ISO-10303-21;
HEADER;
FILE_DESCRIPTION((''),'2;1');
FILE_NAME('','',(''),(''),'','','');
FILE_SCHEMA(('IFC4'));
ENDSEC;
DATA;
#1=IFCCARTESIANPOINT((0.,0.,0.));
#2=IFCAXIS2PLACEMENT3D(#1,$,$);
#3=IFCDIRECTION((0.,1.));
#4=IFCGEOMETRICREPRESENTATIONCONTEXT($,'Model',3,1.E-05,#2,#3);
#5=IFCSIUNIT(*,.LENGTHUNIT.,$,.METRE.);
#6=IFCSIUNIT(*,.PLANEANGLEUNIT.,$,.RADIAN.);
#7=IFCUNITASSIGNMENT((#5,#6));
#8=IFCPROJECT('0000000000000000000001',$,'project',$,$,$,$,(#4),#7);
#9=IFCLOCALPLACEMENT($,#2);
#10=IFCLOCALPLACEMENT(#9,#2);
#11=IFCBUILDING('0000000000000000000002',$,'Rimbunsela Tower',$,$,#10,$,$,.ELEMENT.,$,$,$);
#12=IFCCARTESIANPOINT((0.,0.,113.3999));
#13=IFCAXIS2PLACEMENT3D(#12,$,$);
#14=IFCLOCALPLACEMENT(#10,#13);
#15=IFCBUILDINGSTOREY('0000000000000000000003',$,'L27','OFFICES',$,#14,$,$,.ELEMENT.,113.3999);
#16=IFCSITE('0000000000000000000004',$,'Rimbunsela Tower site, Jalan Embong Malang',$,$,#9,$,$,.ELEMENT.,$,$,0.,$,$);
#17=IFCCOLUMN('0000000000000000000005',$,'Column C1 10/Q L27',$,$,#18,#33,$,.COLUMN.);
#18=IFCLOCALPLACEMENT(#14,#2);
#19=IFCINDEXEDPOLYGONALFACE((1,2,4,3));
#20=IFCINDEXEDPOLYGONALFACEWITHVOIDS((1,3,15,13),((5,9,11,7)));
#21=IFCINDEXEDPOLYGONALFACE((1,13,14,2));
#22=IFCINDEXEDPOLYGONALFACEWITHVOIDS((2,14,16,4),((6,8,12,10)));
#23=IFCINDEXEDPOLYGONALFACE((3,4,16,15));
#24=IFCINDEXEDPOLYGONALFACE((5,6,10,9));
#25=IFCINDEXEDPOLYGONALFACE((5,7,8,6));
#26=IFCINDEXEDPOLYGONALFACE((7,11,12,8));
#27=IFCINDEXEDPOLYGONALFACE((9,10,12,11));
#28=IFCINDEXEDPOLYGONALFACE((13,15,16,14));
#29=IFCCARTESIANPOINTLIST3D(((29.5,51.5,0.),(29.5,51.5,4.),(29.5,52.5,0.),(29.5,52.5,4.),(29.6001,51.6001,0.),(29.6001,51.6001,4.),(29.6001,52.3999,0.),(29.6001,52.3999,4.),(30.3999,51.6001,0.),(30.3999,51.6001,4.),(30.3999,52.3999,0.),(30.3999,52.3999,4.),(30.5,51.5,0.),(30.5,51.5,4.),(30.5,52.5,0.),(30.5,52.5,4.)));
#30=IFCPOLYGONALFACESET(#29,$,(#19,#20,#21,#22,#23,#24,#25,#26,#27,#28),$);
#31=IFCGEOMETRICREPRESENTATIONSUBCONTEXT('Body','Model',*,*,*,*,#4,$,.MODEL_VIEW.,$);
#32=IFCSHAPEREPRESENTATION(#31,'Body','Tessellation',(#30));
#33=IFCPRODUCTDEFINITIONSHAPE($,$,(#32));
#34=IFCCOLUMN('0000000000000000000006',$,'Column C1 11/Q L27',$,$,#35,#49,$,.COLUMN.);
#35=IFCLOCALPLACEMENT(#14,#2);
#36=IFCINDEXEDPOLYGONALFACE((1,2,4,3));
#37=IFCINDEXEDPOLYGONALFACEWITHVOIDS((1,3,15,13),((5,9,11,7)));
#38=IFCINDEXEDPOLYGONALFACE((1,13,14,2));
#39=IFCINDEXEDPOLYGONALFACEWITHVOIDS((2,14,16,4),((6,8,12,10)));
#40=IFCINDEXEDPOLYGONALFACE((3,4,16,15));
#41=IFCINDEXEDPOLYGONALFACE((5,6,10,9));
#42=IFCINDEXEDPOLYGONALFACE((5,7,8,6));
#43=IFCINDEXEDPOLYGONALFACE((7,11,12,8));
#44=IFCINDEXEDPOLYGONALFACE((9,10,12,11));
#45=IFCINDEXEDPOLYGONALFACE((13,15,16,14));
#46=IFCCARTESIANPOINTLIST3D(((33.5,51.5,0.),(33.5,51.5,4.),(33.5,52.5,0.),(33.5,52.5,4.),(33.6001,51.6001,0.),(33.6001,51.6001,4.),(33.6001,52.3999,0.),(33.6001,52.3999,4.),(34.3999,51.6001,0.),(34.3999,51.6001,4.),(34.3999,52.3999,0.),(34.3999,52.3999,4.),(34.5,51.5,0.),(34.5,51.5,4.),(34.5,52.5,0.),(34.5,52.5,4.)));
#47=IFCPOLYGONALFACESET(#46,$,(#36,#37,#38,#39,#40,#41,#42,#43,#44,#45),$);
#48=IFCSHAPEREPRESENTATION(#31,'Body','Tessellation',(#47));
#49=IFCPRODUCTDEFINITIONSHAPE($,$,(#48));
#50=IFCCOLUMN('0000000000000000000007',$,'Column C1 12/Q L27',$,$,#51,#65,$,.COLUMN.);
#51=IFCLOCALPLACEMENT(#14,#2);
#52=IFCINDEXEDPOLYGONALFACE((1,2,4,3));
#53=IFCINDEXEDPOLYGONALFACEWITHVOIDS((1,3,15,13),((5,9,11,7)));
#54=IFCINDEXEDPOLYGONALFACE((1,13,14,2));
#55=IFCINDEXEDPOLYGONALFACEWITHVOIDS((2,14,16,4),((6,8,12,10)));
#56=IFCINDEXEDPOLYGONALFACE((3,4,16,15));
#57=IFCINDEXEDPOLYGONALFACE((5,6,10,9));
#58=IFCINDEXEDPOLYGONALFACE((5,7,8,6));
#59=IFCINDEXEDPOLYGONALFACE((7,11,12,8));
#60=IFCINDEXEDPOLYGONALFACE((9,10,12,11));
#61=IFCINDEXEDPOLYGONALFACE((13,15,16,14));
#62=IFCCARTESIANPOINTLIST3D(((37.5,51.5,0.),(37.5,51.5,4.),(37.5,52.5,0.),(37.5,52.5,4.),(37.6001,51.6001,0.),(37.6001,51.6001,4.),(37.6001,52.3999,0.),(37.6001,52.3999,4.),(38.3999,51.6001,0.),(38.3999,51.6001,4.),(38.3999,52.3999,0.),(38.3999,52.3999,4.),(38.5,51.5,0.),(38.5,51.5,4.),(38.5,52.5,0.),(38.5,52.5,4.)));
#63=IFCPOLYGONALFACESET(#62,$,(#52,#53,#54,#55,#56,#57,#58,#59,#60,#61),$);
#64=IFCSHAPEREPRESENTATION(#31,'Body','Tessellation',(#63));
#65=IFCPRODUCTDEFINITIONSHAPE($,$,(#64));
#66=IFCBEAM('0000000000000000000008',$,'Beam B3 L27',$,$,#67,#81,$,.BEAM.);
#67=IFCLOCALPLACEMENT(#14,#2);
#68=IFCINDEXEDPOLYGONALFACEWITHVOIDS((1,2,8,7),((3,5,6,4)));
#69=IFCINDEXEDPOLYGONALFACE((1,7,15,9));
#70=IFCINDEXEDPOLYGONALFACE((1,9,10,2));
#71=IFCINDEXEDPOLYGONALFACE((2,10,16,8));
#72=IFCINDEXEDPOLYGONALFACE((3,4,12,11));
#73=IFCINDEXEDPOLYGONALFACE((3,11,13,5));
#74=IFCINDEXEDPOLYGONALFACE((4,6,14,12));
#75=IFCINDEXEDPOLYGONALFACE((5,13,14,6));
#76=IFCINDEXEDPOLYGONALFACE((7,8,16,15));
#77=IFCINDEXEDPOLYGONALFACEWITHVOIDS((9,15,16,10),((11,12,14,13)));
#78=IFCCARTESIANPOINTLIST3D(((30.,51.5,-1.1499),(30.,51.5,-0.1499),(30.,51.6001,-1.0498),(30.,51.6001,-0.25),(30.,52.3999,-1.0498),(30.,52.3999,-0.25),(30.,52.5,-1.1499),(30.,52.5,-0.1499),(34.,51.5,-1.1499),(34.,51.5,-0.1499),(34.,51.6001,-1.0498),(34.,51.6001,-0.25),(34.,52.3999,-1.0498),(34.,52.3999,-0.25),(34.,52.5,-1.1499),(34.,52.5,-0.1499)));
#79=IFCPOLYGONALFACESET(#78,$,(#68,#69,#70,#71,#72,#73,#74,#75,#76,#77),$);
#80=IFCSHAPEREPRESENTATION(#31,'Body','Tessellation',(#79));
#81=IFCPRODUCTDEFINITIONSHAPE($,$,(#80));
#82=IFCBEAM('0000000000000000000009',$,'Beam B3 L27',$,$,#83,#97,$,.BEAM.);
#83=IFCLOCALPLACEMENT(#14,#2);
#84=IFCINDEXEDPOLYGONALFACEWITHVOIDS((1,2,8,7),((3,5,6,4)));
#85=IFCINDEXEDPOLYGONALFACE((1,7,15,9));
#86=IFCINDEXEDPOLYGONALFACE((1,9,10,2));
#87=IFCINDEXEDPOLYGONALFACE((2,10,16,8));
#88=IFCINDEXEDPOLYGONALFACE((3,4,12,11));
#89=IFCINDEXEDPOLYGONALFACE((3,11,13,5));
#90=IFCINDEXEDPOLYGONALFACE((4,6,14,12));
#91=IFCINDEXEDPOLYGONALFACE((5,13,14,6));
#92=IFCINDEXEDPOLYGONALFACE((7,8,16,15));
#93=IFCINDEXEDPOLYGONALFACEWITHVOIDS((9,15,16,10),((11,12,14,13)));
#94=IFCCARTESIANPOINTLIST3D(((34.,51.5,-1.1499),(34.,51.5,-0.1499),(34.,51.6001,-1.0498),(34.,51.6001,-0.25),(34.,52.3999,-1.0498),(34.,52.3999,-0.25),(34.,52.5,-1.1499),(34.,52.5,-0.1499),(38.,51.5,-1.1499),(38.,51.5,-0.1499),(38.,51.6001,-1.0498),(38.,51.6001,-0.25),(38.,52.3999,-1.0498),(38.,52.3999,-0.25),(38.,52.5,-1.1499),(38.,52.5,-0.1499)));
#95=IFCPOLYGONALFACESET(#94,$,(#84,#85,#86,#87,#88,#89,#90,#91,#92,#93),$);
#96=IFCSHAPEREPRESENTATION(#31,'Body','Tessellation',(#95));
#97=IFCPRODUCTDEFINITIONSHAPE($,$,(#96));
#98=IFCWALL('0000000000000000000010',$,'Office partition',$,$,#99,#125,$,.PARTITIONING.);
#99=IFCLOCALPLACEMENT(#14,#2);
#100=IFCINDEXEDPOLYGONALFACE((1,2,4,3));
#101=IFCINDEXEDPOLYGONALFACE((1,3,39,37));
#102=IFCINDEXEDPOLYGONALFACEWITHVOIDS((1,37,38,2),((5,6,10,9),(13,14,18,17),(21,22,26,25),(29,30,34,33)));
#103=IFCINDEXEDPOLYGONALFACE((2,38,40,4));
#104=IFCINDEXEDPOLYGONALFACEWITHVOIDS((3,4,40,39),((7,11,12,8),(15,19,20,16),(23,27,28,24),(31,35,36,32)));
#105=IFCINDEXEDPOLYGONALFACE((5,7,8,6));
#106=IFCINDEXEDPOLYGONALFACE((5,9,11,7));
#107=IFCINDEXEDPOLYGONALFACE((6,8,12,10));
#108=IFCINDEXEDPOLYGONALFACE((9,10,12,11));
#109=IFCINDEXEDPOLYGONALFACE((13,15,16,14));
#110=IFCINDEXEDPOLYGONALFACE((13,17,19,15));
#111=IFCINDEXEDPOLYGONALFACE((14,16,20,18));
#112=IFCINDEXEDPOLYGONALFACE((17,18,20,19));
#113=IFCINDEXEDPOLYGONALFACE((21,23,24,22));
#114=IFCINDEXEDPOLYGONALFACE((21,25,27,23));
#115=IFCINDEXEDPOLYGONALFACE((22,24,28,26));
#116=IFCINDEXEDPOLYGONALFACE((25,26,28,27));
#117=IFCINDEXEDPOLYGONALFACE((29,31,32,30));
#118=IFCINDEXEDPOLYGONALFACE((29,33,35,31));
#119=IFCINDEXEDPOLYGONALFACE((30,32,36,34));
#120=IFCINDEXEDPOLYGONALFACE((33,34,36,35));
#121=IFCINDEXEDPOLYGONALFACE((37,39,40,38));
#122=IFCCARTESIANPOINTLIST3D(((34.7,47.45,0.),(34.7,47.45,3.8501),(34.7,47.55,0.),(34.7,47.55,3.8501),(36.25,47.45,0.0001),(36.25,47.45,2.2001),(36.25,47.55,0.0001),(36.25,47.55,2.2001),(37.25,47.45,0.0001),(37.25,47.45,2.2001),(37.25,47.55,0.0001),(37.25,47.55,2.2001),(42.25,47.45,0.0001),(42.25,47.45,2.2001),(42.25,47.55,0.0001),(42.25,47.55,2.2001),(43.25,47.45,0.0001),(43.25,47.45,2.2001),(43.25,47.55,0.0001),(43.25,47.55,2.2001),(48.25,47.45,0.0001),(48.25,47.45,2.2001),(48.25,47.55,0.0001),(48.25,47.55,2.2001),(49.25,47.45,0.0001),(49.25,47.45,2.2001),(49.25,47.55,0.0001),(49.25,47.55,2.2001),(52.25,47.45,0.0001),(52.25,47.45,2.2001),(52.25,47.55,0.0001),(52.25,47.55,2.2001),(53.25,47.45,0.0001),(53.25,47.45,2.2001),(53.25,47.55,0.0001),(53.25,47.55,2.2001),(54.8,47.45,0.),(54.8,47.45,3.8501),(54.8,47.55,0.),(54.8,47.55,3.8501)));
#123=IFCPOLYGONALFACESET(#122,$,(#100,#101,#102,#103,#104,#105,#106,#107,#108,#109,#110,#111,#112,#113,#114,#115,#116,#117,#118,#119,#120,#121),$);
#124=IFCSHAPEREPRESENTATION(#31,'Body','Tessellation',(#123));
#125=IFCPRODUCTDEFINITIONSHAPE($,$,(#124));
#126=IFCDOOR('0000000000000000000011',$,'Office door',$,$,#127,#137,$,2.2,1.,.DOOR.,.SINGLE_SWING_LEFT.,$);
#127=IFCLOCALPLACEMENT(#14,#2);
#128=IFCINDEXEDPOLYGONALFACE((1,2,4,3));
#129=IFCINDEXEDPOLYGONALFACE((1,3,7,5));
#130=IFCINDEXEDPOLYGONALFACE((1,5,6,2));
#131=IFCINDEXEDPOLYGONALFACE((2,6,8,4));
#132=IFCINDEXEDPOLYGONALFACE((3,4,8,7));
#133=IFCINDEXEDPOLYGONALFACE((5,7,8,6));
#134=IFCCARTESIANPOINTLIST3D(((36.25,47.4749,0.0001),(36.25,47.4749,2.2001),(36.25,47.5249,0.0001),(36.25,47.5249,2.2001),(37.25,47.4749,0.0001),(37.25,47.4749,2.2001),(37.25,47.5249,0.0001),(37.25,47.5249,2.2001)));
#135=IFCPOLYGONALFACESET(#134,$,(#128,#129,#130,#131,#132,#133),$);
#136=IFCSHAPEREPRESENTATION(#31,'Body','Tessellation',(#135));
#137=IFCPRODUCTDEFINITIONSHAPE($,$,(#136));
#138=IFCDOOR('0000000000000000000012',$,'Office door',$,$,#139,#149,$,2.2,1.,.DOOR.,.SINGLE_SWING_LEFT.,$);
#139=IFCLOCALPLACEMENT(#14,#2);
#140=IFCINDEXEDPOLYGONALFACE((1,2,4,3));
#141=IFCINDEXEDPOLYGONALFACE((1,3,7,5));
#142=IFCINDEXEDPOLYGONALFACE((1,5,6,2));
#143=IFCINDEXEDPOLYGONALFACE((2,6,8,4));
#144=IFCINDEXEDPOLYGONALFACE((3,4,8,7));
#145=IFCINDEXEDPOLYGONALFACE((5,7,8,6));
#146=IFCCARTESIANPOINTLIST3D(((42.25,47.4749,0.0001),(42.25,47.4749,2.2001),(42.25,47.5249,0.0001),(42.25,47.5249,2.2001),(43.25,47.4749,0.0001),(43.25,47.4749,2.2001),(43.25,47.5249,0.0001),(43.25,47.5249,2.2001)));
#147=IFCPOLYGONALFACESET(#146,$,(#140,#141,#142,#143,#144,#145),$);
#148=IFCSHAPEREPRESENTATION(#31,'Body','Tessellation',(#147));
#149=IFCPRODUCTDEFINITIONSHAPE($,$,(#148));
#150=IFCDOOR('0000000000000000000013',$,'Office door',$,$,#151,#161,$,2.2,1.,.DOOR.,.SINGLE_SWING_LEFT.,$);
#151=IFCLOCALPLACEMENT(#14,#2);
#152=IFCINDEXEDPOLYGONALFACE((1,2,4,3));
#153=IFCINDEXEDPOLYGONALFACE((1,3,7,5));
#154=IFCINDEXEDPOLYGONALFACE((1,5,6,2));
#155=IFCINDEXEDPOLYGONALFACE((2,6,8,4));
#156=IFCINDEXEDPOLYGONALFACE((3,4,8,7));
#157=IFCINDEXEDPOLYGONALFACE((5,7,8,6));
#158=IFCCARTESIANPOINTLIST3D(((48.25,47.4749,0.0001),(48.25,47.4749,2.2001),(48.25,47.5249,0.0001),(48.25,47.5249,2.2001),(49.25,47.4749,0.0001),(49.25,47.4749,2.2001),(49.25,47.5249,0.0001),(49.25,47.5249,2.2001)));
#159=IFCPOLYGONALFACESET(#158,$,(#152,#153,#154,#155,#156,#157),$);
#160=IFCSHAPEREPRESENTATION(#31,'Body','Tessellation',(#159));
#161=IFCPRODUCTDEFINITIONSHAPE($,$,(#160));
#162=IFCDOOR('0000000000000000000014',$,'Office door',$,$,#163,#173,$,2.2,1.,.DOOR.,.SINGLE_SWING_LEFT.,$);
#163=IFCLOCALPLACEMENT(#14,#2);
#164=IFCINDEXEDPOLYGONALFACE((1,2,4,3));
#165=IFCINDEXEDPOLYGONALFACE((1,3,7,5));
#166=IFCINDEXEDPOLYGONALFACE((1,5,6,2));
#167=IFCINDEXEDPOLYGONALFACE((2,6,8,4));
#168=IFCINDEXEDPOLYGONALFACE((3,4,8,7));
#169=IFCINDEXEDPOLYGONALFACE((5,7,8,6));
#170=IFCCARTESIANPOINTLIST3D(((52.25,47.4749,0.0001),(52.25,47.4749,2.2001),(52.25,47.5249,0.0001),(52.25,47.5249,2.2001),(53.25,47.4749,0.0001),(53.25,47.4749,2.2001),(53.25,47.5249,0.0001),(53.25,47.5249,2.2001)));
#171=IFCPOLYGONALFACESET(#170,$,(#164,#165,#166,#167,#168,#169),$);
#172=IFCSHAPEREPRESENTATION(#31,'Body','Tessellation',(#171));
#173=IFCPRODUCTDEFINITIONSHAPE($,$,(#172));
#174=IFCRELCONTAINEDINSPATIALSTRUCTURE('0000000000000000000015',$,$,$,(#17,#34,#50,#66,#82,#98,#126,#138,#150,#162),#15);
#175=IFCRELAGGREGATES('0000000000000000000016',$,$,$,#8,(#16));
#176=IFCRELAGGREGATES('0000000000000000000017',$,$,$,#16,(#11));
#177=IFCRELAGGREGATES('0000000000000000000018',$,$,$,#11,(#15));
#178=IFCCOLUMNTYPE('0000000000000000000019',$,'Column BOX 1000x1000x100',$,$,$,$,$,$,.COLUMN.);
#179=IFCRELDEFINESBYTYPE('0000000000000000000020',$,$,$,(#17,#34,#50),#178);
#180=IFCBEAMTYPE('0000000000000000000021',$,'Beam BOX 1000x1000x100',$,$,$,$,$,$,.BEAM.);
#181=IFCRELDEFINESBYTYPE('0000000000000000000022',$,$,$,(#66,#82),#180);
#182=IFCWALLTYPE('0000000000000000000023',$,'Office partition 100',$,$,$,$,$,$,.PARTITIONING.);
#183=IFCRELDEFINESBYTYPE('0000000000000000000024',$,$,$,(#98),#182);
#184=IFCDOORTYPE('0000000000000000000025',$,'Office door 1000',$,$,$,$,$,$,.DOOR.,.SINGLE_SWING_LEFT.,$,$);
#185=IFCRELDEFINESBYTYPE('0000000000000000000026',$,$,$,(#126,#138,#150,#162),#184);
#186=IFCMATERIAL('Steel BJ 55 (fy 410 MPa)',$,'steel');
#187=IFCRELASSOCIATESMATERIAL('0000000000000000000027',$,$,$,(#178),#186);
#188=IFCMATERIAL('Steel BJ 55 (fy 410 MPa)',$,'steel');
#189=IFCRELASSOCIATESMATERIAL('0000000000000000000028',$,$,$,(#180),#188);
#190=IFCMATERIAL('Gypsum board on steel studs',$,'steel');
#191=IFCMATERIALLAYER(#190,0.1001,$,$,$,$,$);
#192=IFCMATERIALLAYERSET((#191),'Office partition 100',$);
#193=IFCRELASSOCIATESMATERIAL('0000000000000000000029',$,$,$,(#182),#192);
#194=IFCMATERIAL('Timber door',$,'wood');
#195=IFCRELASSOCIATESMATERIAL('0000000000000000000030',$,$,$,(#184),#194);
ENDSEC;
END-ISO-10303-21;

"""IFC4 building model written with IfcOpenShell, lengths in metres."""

from ifc_helpers import new_model, si_unit, direction, frame, frame_2d, origin, origin_2d, place, context, subcontext, project, spatial, rectangle, hollow_rectangle, extrude, material, layer, layer_set, material_profile, profile_set, type_object, element, fill, save


model = new_model("IFC4")

# Units and contexts
model_context = context("Model", 3, precision=1e-05, world=origin(), true_north=direction((0.0, 1.0)))
body_context = subcontext(model_context, "Body", "Model", "MODEL_VIEW")
ifc_project = project(units=[si_unit("LENGTHUNIT", "METRE"), si_unit("PLANEANGLEUNIT", "RADIAN")], contexts=[model_context])

# Site, building, storey
site_placement = place(None, origin())
site = spatial("IfcSite", under=ifc_project, at=site_placement, Name="Rimbunsela Tower site, Jalan Embong Malang", CompositionType="ELEMENT", RefElevation=0.0)
building_placement = place(site_placement, origin())
building = spatial("IfcBuilding", under=site, at=building_placement, Name="Rimbunsela Tower", CompositionType="ELEMENT")
storey_placement = place(building_placement, frame((0.0, 0.0, 113.3999)))
storey = spatial("IfcBuildingStorey", under=building, at=storey_placement, Name="L27", Description="OFFICES", CompositionType="ELEMENT", Elevation=113.3999)

# Columns
ifc_material_1 = material(Name="Steel BJ 55 (fy 410 MPa)", Category="steel")
ifc_material_profile_1 = material_profile(ifc_material_1, hollow_rectangle(XDim=1.0, YDim=1.0, WallThickness=0.1001, at=origin_2d()), Name="BOX 1000x1000x100")
ifc_profile_set_1 = profile_set([ifc_material_profile_1], Name="Steel BJ 55 (fy 410 MPa)")
column_type = type_object("IfcColumnType", Name="Column BOX 1000x1000x100", PredefinedType="COLUMN", material=ifc_profile_set_1)
for number, where, z_axis, x_axis, name in (
    (1, (30.0, 52.0, 0.0), (0.0, 0.0, 1.0), (1.0, 0.0, 0.0), "Column C1 10/Q L27"),
    (2, (34.0, 52.0, 0.0), (0.0, 0.0, 1.0), (1.0, 0.0, 0.0), "Column C1 11/Q L27"),
    (3, (38.0, 52.0, 0.0), (0.0, 0.0, 1.0), (1.0, 0.0, 0.0), "Column C1 12/Q L27"),
):
    element("IfcColumn", number, at=place(storey_placement, frame(where, z_axis=z_axis, x_axis=x_axis)), inside=storey, type_object=column_type, Name=name, PredefinedType="COLUMN", context=body_context, shape_type="SweptSolid", body=[
        extrude(hollow_rectangle(XDim=1.0, YDim=1.0, WallThickness=0.1001, at=origin_2d()), origin(), (0.0, 0.0, 1.0), 4.0),
    ])

# Beams
ifc_material_2 = material(Name="Steel BJ 55 (fy 410 MPa)", Category="steel")
ifc_material_profile_2 = material_profile(ifc_material_2, hollow_rectangle(XDim=1.0, YDim=1.0, WallThickness=0.1001, at=origin_2d()), Name="BOX 1000x1000x100")
ifc_profile_set_2 = profile_set([ifc_material_profile_2], Name="Steel BJ 55 (fy 410 MPa)")
beam_type = type_object("IfcBeamType", Name="Beam BOX 1000x1000x100", PredefinedType="BEAM", material=ifc_profile_set_2)
for number, where, z_axis, x_axis, name in (
    (4, (30.0, 52.0, -0.6499), (1.0, 0.0, 0.0), (0.0, 1.0, 0.0), "Beam B3 L27"),
    (5, (34.0, 52.0, -0.6499), (1.0, 0.0, 0.0), (0.0, 1.0, 0.0), "Beam B3 L27"),
):
    element("IfcBeam", number, at=place(storey_placement, frame(where, z_axis=z_axis, x_axis=x_axis)), inside=storey, type_object=beam_type, Name=name, PredefinedType="BEAM", context=body_context, shape_type="SweptSolid", body=[
        extrude(hollow_rectangle(XDim=1.0, YDim=1.0, WallThickness=0.1001, at=origin_2d()), origin(), (0.0, 0.0, 1.0), 4.0),
    ])

# Wall, openings, doors
ifc_material_3 = material(Name="Gypsum board on steel studs", Category="steel")
ifc_layer_1 = layer(ifc_material_3, 0.1001)
ifc_layer_set_1 = layer_set([ifc_layer_1], Name="Office partition 100")
wall_type_1 = type_object("IfcWallType", Name="Office partition 100", PredefinedType="PARTITIONING", material=ifc_layer_set_1)
wall_1_placement = place(storey_placement, frame((34.7, 47.5, 0.0), z_axis=(0.0, 0.0, 1.0), x_axis=(1.0, 0.0, 0.0)))
wall_1 = element("IfcWall", 6, at=wall_1_placement, inside=storey, type_object=wall_type_1, Name="Office partition", PredefinedType="PARTITIONING", context=body_context, shape_type="SweptSolid", body=[
    extrude(rectangle(XDim=20.1001, YDim=0.1001, at=frame_2d((10.05, 0.0))), origin(), (0.0, 0.0, 1.0), 3.8501),
])
opening_1_placement = place(wall_1_placement, frame((1.55, 0.0, 0.0)))
opening_1 = element("IfcOpeningElement", 7, at=opening_1_placement, cuts=wall_1, PredefinedType="OPENING", context=body_context, shape_type="SweptSolid", body=[
    extrude(rectangle(XDim=1.0, YDim=2.2, at=frame_2d((0.5, 1.1001))), frame((0.0, 0.0601, 0.0), z_axis=(0.0, -1.0, 0.0), x_axis=(1.0, 0.0, 0.0)), (0.0, 0.0, 1.0), 0.1201),
])
opening_2_placement = place(wall_1_placement, frame((7.55, 0.0, 0.0)))
opening_2 = element("IfcOpeningElement", 8, at=opening_2_placement, cuts=wall_1, PredefinedType="OPENING", context=body_context, shape_type="SweptSolid", body=[
    extrude(rectangle(XDim=1.0, YDim=2.2, at=frame_2d((0.5, 1.1001))), frame((0.0, 0.0601, 0.0), z_axis=(0.0, -1.0, 0.0), x_axis=(1.0, 0.0, 0.0)), (0.0, 0.0, 1.0), 0.1201),
])
opening_3_placement = place(wall_1_placement, frame((13.55, 0.0, 0.0)))
opening_3 = element("IfcOpeningElement", 9, at=opening_3_placement, cuts=wall_1, PredefinedType="OPENING", context=body_context, shape_type="SweptSolid", body=[
    extrude(rectangle(XDim=1.0, YDim=2.2, at=frame_2d((0.5, 1.1001))), frame((0.0, 0.0601, 0.0), z_axis=(0.0, -1.0, 0.0), x_axis=(1.0, 0.0, 0.0)), (0.0, 0.0, 1.0), 0.1201),
])
opening_4_placement = place(wall_1_placement, frame((17.55, 0.0, 0.0)))
opening_4 = element("IfcOpeningElement", 10, at=opening_4_placement, cuts=wall_1, PredefinedType="OPENING", context=body_context, shape_type="SweptSolid", body=[
    extrude(rectangle(XDim=1.0, YDim=2.2, at=frame_2d((0.5, 1.1001))), frame((0.0, 0.0601, 0.0), z_axis=(0.0, -1.0, 0.0), x_axis=(1.0, 0.0, 0.0)), (0.0, 0.0, 1.0), 0.1201),
])
ifc_material_4 = material(Name="Timber door", Category="wood")
door_type = type_object("IfcDoorType", Name="Office door 1000", OperationType="SINGLE_SWING_LEFT", PredefinedType="DOOR", material=ifc_material_4)
door_1_placement = place(opening_1_placement, origin())
door_1 = element("IfcDoor", 11, at=door_1_placement, inside=storey, type_object=door_type, Name="Office door", OperationType="SINGLE_SWING_LEFT", OverallHeight=2.2, OverallWidth=1.0, PredefinedType="DOOR", context=body_context, shape_type="SweptSolid", body=[
    extrude(rectangle(XDim=1.0, YDim=2.2, at=frame_2d((0.5, 1.1001))), frame((0.0, 0.0249, 0.0), z_axis=(0.0, -1.0, 0.0), x_axis=(1.0, 0.0, 0.0)), (0.0, 0.0, 1.0), 0.05),
])
fill(opening_1, door_1)
door_2_placement = place(opening_2_placement, origin())
door_2 = element("IfcDoor", 12, at=door_2_placement, inside=storey, type_object=door_type, Name="Office door", OperationType="SINGLE_SWING_LEFT", OverallHeight=2.2, OverallWidth=1.0, PredefinedType="DOOR", context=body_context, shape_type="SweptSolid", body=[
    extrude(rectangle(XDim=1.0, YDim=2.2, at=frame_2d((0.5, 1.1001))), frame((0.0, 0.0249, 0.0), z_axis=(0.0, -1.0, 0.0), x_axis=(1.0, 0.0, 0.0)), (0.0, 0.0, 1.0), 0.05),
])
fill(opening_2, door_2)
door_3_placement = place(opening_3_placement, origin())
door_3 = element("IfcDoor", 13, at=door_3_placement, inside=storey, type_object=door_type, Name="Office door", OperationType="SINGLE_SWING_LEFT", OverallHeight=2.2, OverallWidth=1.0, PredefinedType="DOOR", context=body_context, shape_type="SweptSolid", body=[
    extrude(rectangle(XDim=1.0, YDim=2.2, at=frame_2d((0.5, 1.1001))), frame((0.0, 0.0249, 0.0), z_axis=(0.0, -1.0, 0.0), x_axis=(1.0, 0.0, 0.0)), (0.0, 0.0, 1.0), 0.05),
])
fill(opening_3, door_3)
door_4_placement = place(opening_4_placement, origin())
door_4 = element("IfcDoor", 14, at=door_4_placement, inside=storey, type_object=door_type, Name="Office door", OperationType="SINGLE_SWING_LEFT", OverallHeight=2.2, OverallWidth=1.0, PredefinedType="DOOR", context=body_context, shape_type="SweptSolid", body=[
    extrude(rectangle(XDim=1.0, YDim=2.2, at=frame_2d((0.5, 1.1001))), frame((0.0, 0.0249, 0.0), z_axis=(0.0, -1.0, 0.0), x_axis=(1.0, 0.0, 0.0)), (0.0, 0.0, 1.0), 0.05),
])
fill(opening_4, door_4)

save(model, "model.ifc")
